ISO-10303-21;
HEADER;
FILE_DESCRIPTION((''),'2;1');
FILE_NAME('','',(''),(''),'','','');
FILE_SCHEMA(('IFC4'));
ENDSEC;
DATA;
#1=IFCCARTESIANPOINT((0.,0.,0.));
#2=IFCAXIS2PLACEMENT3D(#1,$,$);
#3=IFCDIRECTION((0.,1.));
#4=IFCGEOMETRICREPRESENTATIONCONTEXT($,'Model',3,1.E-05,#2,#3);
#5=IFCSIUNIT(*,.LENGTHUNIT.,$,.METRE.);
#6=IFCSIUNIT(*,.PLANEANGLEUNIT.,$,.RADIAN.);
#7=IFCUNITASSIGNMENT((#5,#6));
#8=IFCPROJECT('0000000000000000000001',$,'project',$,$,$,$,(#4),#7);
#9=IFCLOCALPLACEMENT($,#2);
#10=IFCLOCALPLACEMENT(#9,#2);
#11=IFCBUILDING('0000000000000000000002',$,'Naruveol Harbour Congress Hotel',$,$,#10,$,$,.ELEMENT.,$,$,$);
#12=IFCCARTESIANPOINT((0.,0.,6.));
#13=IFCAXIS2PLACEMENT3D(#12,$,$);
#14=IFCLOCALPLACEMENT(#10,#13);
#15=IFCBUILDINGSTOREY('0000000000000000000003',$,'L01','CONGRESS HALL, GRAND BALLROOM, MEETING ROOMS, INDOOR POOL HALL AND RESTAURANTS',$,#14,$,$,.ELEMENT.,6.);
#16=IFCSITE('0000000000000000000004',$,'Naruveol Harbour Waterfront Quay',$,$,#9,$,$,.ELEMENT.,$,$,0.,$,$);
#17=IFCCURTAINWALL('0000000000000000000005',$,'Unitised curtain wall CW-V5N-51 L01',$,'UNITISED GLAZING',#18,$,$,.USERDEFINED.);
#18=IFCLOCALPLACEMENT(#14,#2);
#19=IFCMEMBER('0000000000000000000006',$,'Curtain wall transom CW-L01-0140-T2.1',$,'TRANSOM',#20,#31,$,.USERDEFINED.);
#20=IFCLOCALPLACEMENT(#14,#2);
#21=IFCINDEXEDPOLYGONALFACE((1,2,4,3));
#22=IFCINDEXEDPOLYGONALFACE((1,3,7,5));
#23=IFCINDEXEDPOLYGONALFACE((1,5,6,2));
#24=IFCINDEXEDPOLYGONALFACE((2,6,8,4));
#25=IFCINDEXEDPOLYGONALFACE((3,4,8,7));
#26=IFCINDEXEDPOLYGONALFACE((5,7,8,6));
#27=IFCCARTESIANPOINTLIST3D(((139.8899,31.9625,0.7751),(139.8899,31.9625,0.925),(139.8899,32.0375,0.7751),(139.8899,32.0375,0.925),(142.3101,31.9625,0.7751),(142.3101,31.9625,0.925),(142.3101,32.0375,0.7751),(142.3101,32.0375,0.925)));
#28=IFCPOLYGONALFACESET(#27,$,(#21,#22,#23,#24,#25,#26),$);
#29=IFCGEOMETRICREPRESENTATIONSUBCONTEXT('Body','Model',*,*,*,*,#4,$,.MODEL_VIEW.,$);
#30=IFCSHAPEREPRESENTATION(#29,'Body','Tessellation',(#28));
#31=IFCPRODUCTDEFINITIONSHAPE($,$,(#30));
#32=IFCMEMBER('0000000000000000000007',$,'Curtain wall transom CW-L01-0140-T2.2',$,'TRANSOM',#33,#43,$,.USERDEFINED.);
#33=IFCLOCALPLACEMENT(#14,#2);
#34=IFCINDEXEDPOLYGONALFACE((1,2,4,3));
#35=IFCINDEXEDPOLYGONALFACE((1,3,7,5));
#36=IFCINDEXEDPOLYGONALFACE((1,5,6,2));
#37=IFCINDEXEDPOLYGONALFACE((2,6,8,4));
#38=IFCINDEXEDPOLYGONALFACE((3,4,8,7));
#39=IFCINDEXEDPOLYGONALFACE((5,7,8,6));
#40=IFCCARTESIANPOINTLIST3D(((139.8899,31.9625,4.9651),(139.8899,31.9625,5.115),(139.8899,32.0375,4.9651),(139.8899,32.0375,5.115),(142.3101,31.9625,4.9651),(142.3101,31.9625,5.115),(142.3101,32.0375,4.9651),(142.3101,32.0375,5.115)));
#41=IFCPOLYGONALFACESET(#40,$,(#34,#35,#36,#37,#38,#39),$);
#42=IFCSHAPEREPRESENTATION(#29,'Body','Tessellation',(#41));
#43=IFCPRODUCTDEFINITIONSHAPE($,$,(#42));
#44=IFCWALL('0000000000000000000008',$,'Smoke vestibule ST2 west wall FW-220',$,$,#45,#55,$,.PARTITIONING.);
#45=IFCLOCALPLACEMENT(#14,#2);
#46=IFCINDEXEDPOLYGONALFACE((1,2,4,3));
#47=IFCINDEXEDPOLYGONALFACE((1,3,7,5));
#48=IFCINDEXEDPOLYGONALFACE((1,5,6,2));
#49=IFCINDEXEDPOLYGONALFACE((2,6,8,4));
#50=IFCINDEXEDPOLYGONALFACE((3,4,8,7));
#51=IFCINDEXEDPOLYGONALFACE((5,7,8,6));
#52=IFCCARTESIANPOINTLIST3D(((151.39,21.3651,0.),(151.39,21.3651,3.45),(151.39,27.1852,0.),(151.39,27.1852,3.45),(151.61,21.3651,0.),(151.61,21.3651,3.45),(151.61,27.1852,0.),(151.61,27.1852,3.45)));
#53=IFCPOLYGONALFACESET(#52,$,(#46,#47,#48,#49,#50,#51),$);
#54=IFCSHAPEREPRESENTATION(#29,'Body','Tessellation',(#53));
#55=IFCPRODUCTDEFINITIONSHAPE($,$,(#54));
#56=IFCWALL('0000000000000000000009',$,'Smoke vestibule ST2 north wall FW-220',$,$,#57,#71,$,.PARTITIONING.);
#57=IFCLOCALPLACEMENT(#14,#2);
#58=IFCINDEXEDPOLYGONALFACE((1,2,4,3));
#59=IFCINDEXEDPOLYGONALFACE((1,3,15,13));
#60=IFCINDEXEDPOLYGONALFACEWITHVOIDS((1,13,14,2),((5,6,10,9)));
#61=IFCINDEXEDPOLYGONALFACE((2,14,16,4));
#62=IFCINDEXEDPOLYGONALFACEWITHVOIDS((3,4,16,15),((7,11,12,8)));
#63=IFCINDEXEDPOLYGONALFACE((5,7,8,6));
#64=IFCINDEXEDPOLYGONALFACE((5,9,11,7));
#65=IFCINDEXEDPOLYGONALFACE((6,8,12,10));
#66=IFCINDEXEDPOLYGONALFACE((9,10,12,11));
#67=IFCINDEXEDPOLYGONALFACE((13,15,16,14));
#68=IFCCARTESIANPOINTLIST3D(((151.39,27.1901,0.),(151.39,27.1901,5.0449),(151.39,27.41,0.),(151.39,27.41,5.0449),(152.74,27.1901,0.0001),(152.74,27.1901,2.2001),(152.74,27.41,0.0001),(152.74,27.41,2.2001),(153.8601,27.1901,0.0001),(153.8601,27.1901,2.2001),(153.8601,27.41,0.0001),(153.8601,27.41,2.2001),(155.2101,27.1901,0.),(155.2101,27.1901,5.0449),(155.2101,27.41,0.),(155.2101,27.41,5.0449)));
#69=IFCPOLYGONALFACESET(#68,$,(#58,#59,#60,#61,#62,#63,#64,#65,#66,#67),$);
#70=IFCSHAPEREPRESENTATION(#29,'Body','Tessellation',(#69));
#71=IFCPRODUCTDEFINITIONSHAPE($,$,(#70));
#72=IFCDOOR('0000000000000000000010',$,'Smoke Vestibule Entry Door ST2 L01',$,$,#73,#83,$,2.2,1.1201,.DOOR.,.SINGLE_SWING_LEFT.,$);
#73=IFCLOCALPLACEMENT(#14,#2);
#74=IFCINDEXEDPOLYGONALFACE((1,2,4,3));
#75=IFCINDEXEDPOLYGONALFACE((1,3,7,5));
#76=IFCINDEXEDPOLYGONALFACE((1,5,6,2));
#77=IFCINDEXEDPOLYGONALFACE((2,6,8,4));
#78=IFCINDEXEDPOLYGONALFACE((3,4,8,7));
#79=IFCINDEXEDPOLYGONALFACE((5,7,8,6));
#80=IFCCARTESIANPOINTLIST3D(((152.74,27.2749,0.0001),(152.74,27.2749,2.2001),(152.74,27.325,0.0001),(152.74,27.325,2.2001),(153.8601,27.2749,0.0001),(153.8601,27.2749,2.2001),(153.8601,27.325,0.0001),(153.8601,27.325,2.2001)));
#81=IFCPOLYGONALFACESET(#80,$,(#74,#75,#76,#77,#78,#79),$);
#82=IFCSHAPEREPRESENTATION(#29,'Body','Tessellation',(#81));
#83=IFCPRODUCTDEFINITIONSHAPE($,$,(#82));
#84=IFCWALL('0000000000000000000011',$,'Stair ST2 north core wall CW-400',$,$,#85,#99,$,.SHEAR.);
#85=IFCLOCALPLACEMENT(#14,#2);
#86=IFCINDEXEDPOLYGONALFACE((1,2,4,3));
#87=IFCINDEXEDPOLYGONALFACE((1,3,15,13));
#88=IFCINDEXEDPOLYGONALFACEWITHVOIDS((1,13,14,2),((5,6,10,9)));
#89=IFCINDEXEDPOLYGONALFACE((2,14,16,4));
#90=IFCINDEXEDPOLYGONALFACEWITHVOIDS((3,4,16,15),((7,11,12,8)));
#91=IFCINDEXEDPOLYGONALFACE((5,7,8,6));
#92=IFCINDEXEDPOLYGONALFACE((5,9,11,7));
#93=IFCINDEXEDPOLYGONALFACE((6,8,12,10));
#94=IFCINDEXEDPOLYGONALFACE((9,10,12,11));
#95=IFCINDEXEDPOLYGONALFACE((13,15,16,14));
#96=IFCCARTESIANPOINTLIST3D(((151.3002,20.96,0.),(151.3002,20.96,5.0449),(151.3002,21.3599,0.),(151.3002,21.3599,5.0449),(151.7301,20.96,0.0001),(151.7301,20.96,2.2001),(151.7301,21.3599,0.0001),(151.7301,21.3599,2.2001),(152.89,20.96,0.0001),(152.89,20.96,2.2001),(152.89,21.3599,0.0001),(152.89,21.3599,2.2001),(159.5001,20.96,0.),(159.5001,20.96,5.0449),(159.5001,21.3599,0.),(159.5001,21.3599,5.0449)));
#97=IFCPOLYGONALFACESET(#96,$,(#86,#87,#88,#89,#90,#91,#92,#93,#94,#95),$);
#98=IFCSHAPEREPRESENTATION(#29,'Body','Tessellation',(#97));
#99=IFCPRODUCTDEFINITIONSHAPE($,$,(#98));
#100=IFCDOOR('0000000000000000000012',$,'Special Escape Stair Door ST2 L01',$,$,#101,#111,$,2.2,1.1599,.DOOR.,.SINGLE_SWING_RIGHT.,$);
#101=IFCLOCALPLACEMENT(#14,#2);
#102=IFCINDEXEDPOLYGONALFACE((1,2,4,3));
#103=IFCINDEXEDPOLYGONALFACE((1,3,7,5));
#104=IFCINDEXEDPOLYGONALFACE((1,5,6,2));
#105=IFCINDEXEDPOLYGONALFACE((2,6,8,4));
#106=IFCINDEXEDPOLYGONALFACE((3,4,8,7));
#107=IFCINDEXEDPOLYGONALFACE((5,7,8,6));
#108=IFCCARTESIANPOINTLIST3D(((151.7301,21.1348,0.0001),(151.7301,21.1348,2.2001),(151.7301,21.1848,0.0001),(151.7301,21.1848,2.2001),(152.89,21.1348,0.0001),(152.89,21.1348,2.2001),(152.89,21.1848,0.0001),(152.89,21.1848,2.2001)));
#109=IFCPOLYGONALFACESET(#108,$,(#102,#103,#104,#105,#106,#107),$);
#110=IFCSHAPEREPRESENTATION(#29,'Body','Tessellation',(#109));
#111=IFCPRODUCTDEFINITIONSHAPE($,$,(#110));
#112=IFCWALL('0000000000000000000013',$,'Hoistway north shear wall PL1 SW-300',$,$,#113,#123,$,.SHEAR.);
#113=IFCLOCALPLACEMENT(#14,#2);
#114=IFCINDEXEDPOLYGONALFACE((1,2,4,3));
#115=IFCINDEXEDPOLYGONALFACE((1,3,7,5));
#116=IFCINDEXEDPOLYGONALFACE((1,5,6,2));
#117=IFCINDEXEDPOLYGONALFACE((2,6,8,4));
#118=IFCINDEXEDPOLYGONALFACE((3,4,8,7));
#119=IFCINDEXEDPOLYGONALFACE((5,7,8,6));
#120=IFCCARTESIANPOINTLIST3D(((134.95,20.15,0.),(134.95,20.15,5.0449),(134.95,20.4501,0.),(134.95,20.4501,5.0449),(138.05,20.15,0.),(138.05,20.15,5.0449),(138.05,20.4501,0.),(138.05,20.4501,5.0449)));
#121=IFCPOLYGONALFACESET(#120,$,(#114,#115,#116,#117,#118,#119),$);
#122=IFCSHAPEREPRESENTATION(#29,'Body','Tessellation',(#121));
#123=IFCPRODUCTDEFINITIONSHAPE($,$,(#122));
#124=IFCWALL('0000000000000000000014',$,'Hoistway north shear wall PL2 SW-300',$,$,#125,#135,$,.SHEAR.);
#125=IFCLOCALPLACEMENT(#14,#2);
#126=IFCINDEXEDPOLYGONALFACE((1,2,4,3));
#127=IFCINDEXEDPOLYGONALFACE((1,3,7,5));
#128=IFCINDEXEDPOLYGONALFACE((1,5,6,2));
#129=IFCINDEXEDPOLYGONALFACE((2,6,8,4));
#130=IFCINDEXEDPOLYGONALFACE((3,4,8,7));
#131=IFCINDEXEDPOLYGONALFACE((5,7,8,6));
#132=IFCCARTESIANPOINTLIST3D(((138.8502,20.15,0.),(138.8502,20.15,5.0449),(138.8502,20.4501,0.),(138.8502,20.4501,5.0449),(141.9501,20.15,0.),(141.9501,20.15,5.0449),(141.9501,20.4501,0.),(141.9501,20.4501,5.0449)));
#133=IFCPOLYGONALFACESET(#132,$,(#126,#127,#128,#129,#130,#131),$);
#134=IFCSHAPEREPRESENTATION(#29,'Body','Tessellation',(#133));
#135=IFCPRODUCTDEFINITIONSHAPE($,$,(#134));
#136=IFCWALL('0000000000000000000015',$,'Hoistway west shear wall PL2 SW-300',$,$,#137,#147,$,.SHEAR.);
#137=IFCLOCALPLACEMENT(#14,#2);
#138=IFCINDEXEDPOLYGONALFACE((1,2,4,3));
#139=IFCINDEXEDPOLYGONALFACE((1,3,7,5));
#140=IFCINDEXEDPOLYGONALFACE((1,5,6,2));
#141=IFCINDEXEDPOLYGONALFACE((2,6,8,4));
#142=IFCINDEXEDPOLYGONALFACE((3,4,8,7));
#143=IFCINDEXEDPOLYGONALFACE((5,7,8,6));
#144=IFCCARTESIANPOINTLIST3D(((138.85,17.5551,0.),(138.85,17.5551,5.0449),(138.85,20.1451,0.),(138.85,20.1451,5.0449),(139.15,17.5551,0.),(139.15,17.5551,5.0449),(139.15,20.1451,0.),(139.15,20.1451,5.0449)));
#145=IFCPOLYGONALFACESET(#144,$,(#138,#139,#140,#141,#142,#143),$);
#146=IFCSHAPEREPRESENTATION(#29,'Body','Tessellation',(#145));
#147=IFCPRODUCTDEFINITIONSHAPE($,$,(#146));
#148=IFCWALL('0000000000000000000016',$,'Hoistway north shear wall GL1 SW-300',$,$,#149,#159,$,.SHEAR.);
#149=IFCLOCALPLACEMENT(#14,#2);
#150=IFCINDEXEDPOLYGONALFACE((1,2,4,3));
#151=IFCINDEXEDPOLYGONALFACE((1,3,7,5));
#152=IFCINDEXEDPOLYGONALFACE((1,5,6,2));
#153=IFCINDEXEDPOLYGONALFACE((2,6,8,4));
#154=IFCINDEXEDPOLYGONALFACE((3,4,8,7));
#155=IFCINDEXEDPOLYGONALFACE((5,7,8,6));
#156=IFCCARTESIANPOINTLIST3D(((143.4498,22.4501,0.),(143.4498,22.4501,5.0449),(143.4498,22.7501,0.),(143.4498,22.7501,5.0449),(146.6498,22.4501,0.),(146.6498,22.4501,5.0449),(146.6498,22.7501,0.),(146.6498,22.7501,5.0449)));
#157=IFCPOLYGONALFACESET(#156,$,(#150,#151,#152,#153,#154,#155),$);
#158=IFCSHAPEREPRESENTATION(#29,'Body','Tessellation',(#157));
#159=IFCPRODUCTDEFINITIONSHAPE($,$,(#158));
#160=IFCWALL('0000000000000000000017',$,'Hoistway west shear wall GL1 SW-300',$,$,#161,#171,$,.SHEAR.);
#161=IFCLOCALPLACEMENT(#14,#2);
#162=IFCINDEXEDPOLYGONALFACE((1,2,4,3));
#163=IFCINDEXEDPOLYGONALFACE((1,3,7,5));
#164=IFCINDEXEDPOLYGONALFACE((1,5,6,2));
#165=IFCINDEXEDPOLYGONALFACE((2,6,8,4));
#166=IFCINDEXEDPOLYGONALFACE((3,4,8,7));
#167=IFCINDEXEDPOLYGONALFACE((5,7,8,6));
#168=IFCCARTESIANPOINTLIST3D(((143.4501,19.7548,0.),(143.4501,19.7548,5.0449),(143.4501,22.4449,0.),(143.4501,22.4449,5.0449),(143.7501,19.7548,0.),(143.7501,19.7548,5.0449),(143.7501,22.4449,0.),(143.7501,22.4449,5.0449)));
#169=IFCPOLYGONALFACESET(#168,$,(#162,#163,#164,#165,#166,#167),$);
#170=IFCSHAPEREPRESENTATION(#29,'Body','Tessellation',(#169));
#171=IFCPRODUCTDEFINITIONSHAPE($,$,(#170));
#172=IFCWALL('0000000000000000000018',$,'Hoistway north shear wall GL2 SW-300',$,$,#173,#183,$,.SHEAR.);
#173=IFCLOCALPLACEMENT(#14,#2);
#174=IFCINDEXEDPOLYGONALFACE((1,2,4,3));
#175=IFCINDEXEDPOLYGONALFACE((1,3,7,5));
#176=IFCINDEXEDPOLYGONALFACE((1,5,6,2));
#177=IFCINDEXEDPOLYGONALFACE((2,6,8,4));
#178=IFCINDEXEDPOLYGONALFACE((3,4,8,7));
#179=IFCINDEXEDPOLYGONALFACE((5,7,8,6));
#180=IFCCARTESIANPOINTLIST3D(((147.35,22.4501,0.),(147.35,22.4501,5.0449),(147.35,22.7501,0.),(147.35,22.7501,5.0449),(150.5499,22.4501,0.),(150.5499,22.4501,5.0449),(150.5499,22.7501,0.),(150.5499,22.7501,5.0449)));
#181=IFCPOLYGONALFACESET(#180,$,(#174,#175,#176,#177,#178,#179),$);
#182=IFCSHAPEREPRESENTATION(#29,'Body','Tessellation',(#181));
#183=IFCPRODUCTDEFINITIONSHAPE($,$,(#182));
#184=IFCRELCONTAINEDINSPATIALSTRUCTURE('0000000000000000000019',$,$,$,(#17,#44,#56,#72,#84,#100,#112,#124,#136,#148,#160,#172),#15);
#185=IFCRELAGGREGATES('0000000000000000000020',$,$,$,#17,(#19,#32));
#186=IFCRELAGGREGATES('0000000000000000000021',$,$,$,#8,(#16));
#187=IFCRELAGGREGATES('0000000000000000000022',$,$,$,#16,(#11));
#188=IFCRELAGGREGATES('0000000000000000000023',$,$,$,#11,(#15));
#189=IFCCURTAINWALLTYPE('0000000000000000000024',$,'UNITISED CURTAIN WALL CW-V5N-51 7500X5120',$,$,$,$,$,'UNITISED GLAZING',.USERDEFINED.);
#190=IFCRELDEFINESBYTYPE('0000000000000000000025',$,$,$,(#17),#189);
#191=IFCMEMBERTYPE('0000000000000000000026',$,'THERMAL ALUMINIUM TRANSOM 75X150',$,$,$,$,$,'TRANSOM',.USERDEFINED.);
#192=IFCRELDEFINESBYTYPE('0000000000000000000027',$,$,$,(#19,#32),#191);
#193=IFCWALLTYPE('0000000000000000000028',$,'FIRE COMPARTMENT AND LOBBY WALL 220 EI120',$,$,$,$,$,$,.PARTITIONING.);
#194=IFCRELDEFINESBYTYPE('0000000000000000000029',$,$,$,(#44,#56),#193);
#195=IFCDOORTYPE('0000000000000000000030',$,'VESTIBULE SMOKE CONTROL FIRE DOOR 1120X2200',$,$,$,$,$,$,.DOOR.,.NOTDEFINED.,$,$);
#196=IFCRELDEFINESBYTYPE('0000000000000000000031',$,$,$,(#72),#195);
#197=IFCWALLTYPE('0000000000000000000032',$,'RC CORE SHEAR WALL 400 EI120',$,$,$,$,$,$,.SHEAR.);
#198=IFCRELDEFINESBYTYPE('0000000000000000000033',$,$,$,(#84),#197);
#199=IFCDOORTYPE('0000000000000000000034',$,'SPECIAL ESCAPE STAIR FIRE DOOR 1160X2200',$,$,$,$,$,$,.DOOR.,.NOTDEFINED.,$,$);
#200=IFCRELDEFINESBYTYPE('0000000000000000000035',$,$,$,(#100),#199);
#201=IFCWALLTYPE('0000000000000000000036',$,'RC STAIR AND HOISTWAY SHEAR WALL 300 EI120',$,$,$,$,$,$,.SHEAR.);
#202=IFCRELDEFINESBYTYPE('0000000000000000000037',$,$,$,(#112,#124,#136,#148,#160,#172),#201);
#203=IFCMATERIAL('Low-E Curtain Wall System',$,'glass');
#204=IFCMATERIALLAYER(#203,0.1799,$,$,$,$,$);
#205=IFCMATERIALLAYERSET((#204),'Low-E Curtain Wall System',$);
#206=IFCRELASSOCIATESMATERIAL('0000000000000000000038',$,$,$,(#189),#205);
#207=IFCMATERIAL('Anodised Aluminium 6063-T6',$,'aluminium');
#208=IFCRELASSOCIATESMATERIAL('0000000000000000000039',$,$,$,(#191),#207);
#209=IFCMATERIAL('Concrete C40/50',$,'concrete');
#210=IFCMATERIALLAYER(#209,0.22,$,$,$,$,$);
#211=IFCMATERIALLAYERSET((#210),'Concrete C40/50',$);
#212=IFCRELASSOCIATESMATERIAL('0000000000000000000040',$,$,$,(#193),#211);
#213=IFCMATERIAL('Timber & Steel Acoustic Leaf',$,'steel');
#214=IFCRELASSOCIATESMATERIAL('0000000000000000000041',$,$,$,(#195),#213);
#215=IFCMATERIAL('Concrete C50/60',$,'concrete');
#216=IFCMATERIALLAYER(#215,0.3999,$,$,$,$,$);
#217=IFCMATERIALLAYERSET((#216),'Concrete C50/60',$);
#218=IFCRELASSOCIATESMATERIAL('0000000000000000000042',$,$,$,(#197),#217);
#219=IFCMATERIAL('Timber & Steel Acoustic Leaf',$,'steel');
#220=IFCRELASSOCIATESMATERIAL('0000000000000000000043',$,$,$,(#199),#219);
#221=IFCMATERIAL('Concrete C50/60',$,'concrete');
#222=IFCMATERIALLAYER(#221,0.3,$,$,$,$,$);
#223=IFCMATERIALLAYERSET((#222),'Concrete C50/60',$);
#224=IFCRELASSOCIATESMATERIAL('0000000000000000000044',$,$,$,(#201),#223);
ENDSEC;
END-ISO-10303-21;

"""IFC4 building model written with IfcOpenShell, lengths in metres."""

from ifc_helpers import new_model, si_unit, direction, frame, frame_2d, origin, origin_2d, place, context, subcontext, project, spatial, rectangle, extrude, material, layer, layer_set, material_profile, profile_set, type_object, element, fill, aggregate, save


model = new_model("IFC4")

# Units and contexts
model_context = context("Model", 3, precision=1e-05, world=origin(), true_north=direction((0.0, 1.0)))
body_context = subcontext(model_context, "Body", "Model", "MODEL_VIEW")
ifc_project = project(units=[si_unit("LENGTHUNIT", "METRE"), si_unit("PLANEANGLEUNIT", "RADIAN")], contexts=[model_context])

# Site, building, storey
site_placement = place(None, origin())
site = spatial("IfcSite", under=ifc_project, at=site_placement, Name="Naruveol Harbour Waterfront Quay", CompositionType="ELEMENT", RefElevation=0.0)
building_placement = place(site_placement, origin())
building = spatial("IfcBuilding", under=site, at=building_placement, Name="Naruveol Harbour Congress Hotel", CompositionType="ELEMENT")
storey_placement = place(building_placement, frame((0.0, 0.0, 6.0)))
storey = spatial("IfcBuildingStorey", under=building, at=storey_placement, Name="L01", Description="CONGRESS HALL, GRAND BALLROOM, MEETING ROOMS, INDOOR POOL HALL AND RESTAURANTS", CompositionType="ELEMENT", Elevation=6.0)

# Curtain wall
ifc_material_1 = material(Name="Low-E Curtain Wall System", Category="glass")
ifc_layer_1 = layer(ifc_material_1, 0.1799)
ifc_layer_set_1 = layer_set([ifc_layer_1], Name="Low-E Curtain Wall System")
curtain_wall_type = type_object("IfcCurtainWallType", Name="UNITISED CURTAIN WALL CW-V5N-51 7500X5120", ElementType="UNITISED GLAZING", PredefinedType="USERDEFINED", material=ifc_layer_set_1)
curtain_wall_1_placement = place(storey_placement, origin())
curtain_wall_1 = element("IfcCurtainWall", 1, at=curtain_wall_1_placement, inside=storey, type_object=curtain_wall_type, Name="Unitised curtain wall CW-V5N-51 L01", ObjectType="UNITISED GLAZING", PredefinedType="USERDEFINED")

# Members
ifc_material_2 = material(Name="Anodised Aluminium 6063-T6", Category="aluminium")
ifc_material_profile_1 = material_profile(ifc_material_2, rectangle(XDim=0.075, YDim=0.1499, at=origin_2d()), Name="ALU-75x150")
ifc_profile_set_1 = profile_set([ifc_material_profile_1], Name="Anodised Aluminium 6063-T6")
member_type_1 = type_object("IfcMemberType", Name="THERMAL ALUMINIUM TRANSOM 75X150", ElementType="TRANSOM", PredefinedType="USERDEFINED", material=ifc_profile_set_1)
member_1_placement = place(storey_placement, frame((139.8899, 32.0, 0.8501), z_axis=(1.0, 0.0, 0.0), x_axis=(0.0, 1.0, 0.0)))
member_1 = element("IfcMember", 2, at=member_1_placement, type_object=member_type_1, Name="Curtain wall transom CW-L01-0140-T2.1", ObjectType="TRANSOM", PredefinedType="USERDEFINED", context=body_context, shape_type="SweptSolid", body=[
    extrude(rectangle(XDim=0.075, YDim=0.1499, at=origin_2d()), origin(), (0.0, 0.0, 1.0), 2.4202),
])
member_2_placement = place(storey_placement, frame((139.8899, 32.0, 5.04), z_axis=(1.0, 0.0, 0.0), x_axis=(0.0, 1.0, 0.0)))
member_2 = element("IfcMember", 3, at=member_2_placement, type_object=member_type_1, Name="Curtain wall transom CW-L01-0140-T2.2", ObjectType="TRANSOM", PredefinedType="USERDEFINED", context=body_context, shape_type="SweptSolid", body=[
    extrude(rectangle(XDim=0.075, YDim=0.1499, at=origin_2d()), origin(), (0.0, 0.0, 1.0), 2.4202),
])
aggregate(curtain_wall_1, [member_1, member_2])

# Wall
ifc_material_3 = material(Name="Concrete C40/50", Category="concrete")
ifc_layer_2 = layer(ifc_material_3, 0.22)
ifc_layer_set_2 = layer_set([ifc_layer_2], Name="Concrete C40/50")
wall_type_1 = type_object("IfcWallType", Name="FIRE COMPARTMENT AND LOBBY WALL 220 EI120", PredefinedType="PARTITIONING", material=ifc_layer_set_2)
wall_1_placement = place(storey_placement, frame((151.5, 21.365, 0.0), z_axis=(0.0, 0.0, 1.0), x_axis=(0.0, 1.0, 0.0)))
element("IfcWall", 4, at=wall_1_placement, inside=storey, type_object=wall_type_1, Name="Smoke vestibule ST2 west wall FW-220", PredefinedType="PARTITIONING", context=body_context, shape_type="SweptSolid", body=[
    extrude(rectangle(XDim=5.8201, YDim=0.22, at=frame_2d((2.9102, 0.0))), origin(), (0.0, 0.0, 1.0), 3.45),
])

# Walls, openings, doors
wall_2_placement = place(storey_placement, frame((151.3899, 27.3, 0.0), z_axis=(0.0, 0.0, 1.0), x_axis=(1.0, 0.0, 0.0)))
wall_2 = element("IfcWall", 5, at=wall_2_placement, inside=storey, type_object=wall_type_1, Name="Smoke vestibule ST2 north wall FW-220", PredefinedType="PARTITIONING", context=body_context, shape_type="SweptSolid", body=[
    extrude(rectangle(XDim=3.8201, YDim=0.22, at=frame_2d((1.9102, 0.0))), origin(), (0.0, 0.0, 1.0), 5.0449),
])
opening_1_placement = place(wall_2_placement, frame((1.3501, 0.0, 0.0)))
opening_1 = element("IfcOpeningElement", 6, at=opening_1_placement, cuts=wall_2, PredefinedType="OPENING", context=body_context, shape_type="SweptSolid", body=[
    extrude(rectangle(XDim=1.1201, YDim=2.2, at=frame_2d((0.5601, 1.1001))), frame((0.0, 0.1199, 0.0), z_axis=(0.0, -1.0, 0.0), x_axis=(1.0, 0.0, 0.0)), (0.0, 0.0, 1.0), 0.24),
])
ifc_material_4 = material(Name="Timber & Steel Acoustic Leaf", Category="steel")
door_type_1 = type_object("IfcDoorType", Name="VESTIBULE SMOKE CONTROL FIRE DOOR 1120X2200", OperationType="NOTDEFINED", PredefinedType="DOOR", material=ifc_material_4)
door_1_placement = place(opening_1_placement, origin())
door_1 = element("IfcDoor", 7, at=door_1_placement, inside=storey, type_object=door_type_1, Name="Smoke Vestibule Entry Door ST2 L01", OperationType="SINGLE_SWING_LEFT", OverallHeight=2.2, OverallWidth=1.1201, PredefinedType="DOOR", context=body_context, shape_type="SweptSolid", body=[
    extrude(rectangle(XDim=1.1201, YDim=2.2, at=frame_2d((0.5601, 1.1001))), frame((0.0, 0.0249, 0.0), z_axis=(0.0, -1.0, 0.0), x_axis=(1.0, 0.0, 0.0)), (0.0, 0.0, 1.0), 0.05),
])
fill(opening_1, door_1)
ifc_material_5 = material(Name="Concrete C50/60", Category="concrete")
ifc_layer_3 = layer(ifc_material_5, 0.3999)
ifc_layer_set_3 = layer_set([ifc_layer_3], Name="Concrete C50/60")
wall_type_2 = type_object("IfcWallType", Name="RC CORE SHEAR WALL 400 EI120", PredefinedType="SHEAR", material=ifc_layer_set_3)
wall_3_placement = place(storey_placement, frame((151.3, 21.1599, 0.0), z_axis=(0.0, 0.0, 1.0), x_axis=(1.0, 0.0, 0.0)))
wall_3 = element("IfcWall", 8, at=wall_3_placement, inside=storey, type_object=wall_type_2, Name="Stair ST2 north core wall CW-400", PredefinedType="SHEAR", context=body_context, shape_type="SweptSolid", body=[
    extrude(rectangle(XDim=8.2, YDim=0.3999, at=frame_2d((4.1001, 0.0))), origin(), (0.0, 0.0, 1.0), 5.0449),
])
opening_2_placement = place(wall_3_placement, frame((0.4299, 0.0, 0.0)))
opening_2 = element("IfcOpeningElement", 9, at=opening_2_placement, cuts=wall_3, PredefinedType="OPENING", context=body_context, shape_type="SweptSolid", body=[
    extrude(rectangle(XDim=1.1599, YDim=2.2, at=frame_2d((0.5801, 1.1001))), frame((0.0, 0.21, 0.0), z_axis=(0.0, -1.0, 0.0), x_axis=(1.0, 0.0, 0.0)), (0.0, 0.0, 1.0), 0.4199),
])
ifc_material_6 = material(Name="Timber & Steel Acoustic Leaf", Category="steel")
door_type_2 = type_object("IfcDoorType", Name="SPECIAL ESCAPE STAIR FIRE DOOR 1160X2200", OperationType="NOTDEFINED", PredefinedType="DOOR", material=ifc_material_6)
door_2_placement = place(opening_2_placement, origin())
door_2 = element("IfcDoor", 10, at=door_2_placement, inside=storey, type_object=door_type_2, Name="Special Escape Stair Door ST2 L01", OperationType="SINGLE_SWING_RIGHT", OverallHeight=2.2, OverallWidth=1.1599, PredefinedType="DOOR", context=body_context, shape_type="SweptSolid", body=[
    extrude(rectangle(XDim=1.1599, YDim=2.2, at=frame_2d((0.5801, 1.1001))), frame((0.0, 0.0249, 0.0), z_axis=(0.0, -1.0, 0.0), x_axis=(1.0, 0.0, 0.0)), (0.0, 0.0, 1.0), 0.05),
])
fill(opening_2, door_2)

# Walls
ifc_material_7 = material(Name="Concrete C50/60", Category="concrete")
ifc_layer_4 = layer(ifc_material_7, 0.3)
ifc_layer_set_4 = layer_set([ifc_layer_4], Name="Concrete C50/60")
wall_type_3 = type_object("IfcWallType", Name="RC STAIR AND HOISTWAY SHEAR WALL 300 EI120", PredefinedType="SHEAR", material=ifc_layer_set_4)
wall_4_placement = place(storey_placement, frame((138.05, 20.3, 0.0), z_axis=(0.0, 0.0, 1.0), x_axis=(-1.0, 0.0, 0.0)))
element("IfcWall", 11, at=wall_4_placement, inside=storey, type_object=wall_type_3, Name="Hoistway north shear wall PL1 SW-300", PredefinedType="SHEAR", context=body_context, shape_type="SweptSolid", body=[
    extrude(rectangle(XDim=3.1001, YDim=0.3, at=frame_2d((1.55, 0.0))), origin(), (0.0, 0.0, 1.0), 5.0449),
])
wall_5_placement = place(storey_placement, frame((141.95, 20.3, 0.0), z_axis=(0.0, 0.0, 1.0), x_axis=(-1.0, 0.0, 0.0)))
element("IfcWall", 12, at=wall_5_placement, inside=storey, type_object=wall_type_3, Name="Hoistway north shear wall PL2 SW-300", PredefinedType="SHEAR", context=body_context, shape_type="SweptSolid", body=[
    extrude(rectangle(XDim=3.0999, YDim=0.3, at=frame_2d((1.5498, 0.0))), origin(), (0.0, 0.0, 1.0), 5.0449),
])
wall_6_placement = place(storey_placement, frame((139.0, 20.145, 0.0), z_axis=(0.0, 0.0, 1.0), x_axis=(0.0, -1.0, 0.0)))
element("IfcWall", 13, at=wall_6_placement, inside=storey, type_object=wall_type_3, Name="Hoistway west shear wall PL2 SW-300", PredefinedType="SHEAR", context=body_context, shape_type="SweptSolid", body=[
    extrude(rectangle(XDim=2.5901, YDim=0.3, at=frame_2d((1.2949, 0.0))), origin(), (0.0, 0.0, 1.0), 5.0449),
])
wall_7_placement = place(storey_placement, frame((146.6499, 22.6001, 0.0), z_axis=(0.0, 0.0, 1.0), x_axis=(-1.0, 0.0, 0.0)))
element("IfcWall", 14, at=wall_7_placement, inside=storey, type_object=wall_type_3, Name="Hoistway north shear wall GL1 SW-300", PredefinedType="SHEAR", context=body_context, shape_type="SweptSolid", body=[
    extrude(rectangle(XDim=3.2, YDim=0.3, at=frame_2d((1.6001, 0.0))), origin(), (0.0, 0.0, 1.0), 5.0449),
])
wall_8_placement = place(storey_placement, frame((143.6001, 22.4451, 0.0), z_axis=(0.0, 0.0, 1.0), x_axis=(0.0, -1.0, 0.0)))
element("IfcWall", 15, at=wall_8_placement, inside=storey, type_object=wall_type_3, Name="Hoistway west shear wall GL1 SW-300", PredefinedType="SHEAR", context=body_context, shape_type="SweptSolid", body=[
    extrude(rectangle(XDim=2.6902, YDim=0.3, at=frame_2d((1.3452, 0.0))), origin(), (0.0, 0.0, 1.0), 5.0449),
])
wall_9_placement = place(storey_placement, frame((150.55, 22.6001, 0.0), z_axis=(0.0, 0.0, 1.0), x_axis=(-1.0, 0.0, 0.0)))
element("IfcWall", 16, at=wall_9_placement, inside=storey, type_object=wall_type_3, Name="Hoistway north shear wall GL2 SW-300", PredefinedType="SHEAR", context=body_context, shape_type="SweptSolid", body=[
    extrude(rectangle(XDim=3.2, YDim=0.3, at=frame_2d((1.6001, 0.0))), origin(), (0.0, 0.0, 1.0), 5.0449),
])

save(model, "model.ifc")
